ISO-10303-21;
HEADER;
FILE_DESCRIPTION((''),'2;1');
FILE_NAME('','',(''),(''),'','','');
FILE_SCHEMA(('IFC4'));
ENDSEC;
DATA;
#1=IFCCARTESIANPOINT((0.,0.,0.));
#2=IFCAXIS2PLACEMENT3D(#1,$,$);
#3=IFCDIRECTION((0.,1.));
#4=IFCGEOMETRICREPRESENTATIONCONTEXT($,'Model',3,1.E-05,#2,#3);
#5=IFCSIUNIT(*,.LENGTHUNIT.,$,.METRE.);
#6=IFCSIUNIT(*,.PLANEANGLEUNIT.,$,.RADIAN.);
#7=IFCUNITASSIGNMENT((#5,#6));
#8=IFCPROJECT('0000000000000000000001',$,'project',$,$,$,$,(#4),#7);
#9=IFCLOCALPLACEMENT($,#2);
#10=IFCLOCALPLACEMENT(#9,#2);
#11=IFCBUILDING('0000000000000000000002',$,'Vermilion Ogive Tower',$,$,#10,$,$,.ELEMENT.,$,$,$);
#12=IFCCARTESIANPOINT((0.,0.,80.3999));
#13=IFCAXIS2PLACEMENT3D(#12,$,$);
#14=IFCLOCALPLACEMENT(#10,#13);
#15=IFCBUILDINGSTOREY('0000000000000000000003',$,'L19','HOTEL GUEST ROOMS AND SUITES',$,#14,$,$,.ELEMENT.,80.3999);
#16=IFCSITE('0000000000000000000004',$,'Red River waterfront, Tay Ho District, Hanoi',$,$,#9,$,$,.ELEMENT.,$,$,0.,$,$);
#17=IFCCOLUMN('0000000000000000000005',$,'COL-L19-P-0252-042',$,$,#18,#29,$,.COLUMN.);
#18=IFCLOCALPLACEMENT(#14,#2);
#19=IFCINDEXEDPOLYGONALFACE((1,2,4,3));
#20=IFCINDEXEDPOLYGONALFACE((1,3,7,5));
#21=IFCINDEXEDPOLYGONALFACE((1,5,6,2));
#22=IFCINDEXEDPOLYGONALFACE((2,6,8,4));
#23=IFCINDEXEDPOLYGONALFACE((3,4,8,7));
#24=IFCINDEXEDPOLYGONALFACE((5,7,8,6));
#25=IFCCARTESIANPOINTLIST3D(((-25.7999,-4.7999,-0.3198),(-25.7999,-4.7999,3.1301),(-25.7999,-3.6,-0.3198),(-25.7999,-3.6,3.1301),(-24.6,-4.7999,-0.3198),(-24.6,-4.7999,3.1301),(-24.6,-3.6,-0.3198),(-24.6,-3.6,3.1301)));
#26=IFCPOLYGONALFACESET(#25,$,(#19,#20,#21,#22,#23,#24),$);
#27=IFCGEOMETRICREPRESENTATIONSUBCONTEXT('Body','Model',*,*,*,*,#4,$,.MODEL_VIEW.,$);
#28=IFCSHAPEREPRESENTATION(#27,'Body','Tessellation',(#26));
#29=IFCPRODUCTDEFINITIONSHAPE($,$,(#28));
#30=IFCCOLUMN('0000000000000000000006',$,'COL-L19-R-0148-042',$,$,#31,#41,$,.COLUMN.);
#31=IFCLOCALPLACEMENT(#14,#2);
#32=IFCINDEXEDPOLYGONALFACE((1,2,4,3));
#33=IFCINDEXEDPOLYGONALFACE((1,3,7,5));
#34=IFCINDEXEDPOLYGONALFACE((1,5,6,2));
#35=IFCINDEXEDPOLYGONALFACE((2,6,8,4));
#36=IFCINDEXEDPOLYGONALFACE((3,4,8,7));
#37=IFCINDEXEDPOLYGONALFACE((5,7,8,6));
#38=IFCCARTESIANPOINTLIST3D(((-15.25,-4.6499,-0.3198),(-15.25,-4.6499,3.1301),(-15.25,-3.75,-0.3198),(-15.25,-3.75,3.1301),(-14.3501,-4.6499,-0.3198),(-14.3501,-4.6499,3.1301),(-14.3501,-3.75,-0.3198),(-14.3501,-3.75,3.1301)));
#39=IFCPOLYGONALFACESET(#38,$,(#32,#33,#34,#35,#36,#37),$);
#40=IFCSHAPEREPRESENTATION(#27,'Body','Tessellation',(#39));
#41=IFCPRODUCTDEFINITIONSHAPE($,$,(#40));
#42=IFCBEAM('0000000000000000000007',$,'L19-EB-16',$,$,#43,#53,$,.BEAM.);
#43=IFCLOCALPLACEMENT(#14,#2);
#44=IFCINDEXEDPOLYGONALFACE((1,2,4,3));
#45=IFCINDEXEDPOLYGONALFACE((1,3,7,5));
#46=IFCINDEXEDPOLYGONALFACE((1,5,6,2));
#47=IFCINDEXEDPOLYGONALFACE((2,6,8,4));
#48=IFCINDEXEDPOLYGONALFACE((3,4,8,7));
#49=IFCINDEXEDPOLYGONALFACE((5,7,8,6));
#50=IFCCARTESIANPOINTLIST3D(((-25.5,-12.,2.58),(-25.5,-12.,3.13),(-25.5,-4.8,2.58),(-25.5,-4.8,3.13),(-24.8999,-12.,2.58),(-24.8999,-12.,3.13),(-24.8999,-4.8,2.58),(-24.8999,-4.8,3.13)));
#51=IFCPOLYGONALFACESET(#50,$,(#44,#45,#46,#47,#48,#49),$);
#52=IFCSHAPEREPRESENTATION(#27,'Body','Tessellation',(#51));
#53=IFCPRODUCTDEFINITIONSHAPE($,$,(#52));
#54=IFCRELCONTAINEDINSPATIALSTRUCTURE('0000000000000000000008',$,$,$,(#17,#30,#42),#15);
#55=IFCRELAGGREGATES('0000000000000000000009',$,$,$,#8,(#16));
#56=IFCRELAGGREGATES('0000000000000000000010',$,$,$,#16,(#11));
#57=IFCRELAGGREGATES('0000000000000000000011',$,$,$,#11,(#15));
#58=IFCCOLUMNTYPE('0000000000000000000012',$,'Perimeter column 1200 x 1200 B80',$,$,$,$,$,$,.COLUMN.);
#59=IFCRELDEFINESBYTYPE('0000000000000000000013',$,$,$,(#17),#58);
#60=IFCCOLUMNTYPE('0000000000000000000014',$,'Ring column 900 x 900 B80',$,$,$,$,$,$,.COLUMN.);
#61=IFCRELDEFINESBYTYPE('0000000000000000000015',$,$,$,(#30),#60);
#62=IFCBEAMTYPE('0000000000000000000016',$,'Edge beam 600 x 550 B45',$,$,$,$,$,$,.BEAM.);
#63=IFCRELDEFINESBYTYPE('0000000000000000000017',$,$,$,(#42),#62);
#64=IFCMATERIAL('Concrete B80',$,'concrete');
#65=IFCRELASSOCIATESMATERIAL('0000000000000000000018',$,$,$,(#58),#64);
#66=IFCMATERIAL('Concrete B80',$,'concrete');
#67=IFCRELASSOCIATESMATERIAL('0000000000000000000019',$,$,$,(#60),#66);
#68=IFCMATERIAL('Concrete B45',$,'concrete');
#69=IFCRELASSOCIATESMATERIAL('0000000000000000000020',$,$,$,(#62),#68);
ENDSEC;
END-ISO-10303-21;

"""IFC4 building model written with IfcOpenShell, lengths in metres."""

from ifc_helpers import new_model, si_unit, direction, frame, origin, origin_2d, place, context, subcontext, project, spatial, rectangle, extrude, material, material_profile, profile_set, type_object, element, save


model = new_model("IFC4")

# Units and contexts
model_context = context("Model", 3, precision=1e-05, world=origin(), true_north=direction((0.0, 1.0)))
body_context = subcontext(model_context, "Body", "Model", "MODEL_VIEW")
ifc_project = project(units=[si_unit("LENGTHUNIT", "METRE"), si_unit("PLANEANGLEUNIT", "RADIAN")], contexts=[model_context])

# Site, building, storey
site_placement = place(None, origin())
site = spatial("IfcSite", under=ifc_project, at=site_placement, Name="Red River waterfront, Tay Ho District, Hanoi", CompositionType="ELEMENT", RefElevation=0.0)
building_placement = place(site_placement, origin())
building = spatial("IfcBuilding", under=site, at=building_placement, Name="Vermilion Ogive Tower", CompositionType="ELEMENT")
storey_placement = place(building_placement, frame((0.0, 0.0, 80.3999)))
storey = spatial("IfcBuildingStorey", under=building, at=storey_placement, Name="L19", Description="HOTEL GUEST ROOMS AND SUITES", CompositionType="ELEMENT", Elevation=80.3999)

# Columns
ifc_material_1 = material(Name="Concrete B80", Category="concrete")
ifc_material_profile_1 = material_profile(ifc_material_1, rectangle(XDim=1.2, YDim=1.2, at=origin_2d()), Name="1200 x 1200")
ifc_profile_set_1 = profile_set([ifc_material_profile_1], Name="Concrete B80")
column_type_1 = type_object("IfcColumnType", Name="Perimeter column 1200 x 1200 B80", PredefinedType="COLUMN", material=ifc_profile_set_1)
column_1_placement = place(storey_placement, frame((-25.2, -4.2, -0.3198), z_axis=(0.0, 0.0, 1.0), x_axis=(1.0, 0.0, 0.0)))
element("IfcColumn", 1, at=column_1_placement, inside=storey, type_object=column_type_1, Name="COL-L19-P-0252-042", PredefinedType="COLUMN", context=body_context, shape_type="SweptSolid", body=[
    extrude(rectangle(XDim=1.2, YDim=1.2, at=origin_2d()), origin(), (0.0, 0.0, 1.0), 3.45),
])
ifc_material_2 = material(Name="Concrete B80", Category="concrete")
ifc_material_profile_2 = material_profile(ifc_material_2, rectangle(XDim=0.8999, YDim=0.8999, at=origin_2d()), Name="900 x 900")
ifc_profile_set_2 = profile_set([ifc_material_profile_2], Name="Concrete B80")
column_type_2 = type_object("IfcColumnType", Name="Ring column 900 x 900 B80", PredefinedType="COLUMN", material=ifc_profile_set_2)
column_2_placement = place(storey_placement, frame((-14.8, -4.2, -0.3198), z_axis=(0.0, 0.0, 1.0), x_axis=(1.0, 0.0, 0.0)))
element("IfcColumn", 2, at=column_2_placement, inside=storey, type_object=column_type_2, Name="COL-L19-R-0148-042", PredefinedType="COLUMN", context=body_context, shape_type="SweptSolid", body=[
    extrude(rectangle(XDim=0.8999, YDim=0.8999, at=origin_2d()), origin(), (0.0, 0.0, 1.0), 3.45),
])

# Beam
ifc_material_3 = material(Name="Concrete B45", Category="concrete")
ifc_material_profile_3 = material_profile(ifc_material_3, rectangle(XDim=0.6001, YDim=0.55, at=origin_2d()), Name="600 x 550")
ifc_profile_set_3 = profile_set([ifc_material_profile_3], Name="Concrete B45")
beam_type = type_object("IfcBeamType", Name="Edge beam 600 x 550 B45", PredefinedType="BEAM", material=ifc_profile_set_3)
beam_placement = place(storey_placement, frame((-25.2, -4.8, 2.855), z_axis=(0.0, -1.0, 0.0), x_axis=(1.0, 0.0, 0.0)))
element("IfcBeam", 3, at=beam_placement, inside=storey, type_object=beam_type, Name="L19-EB-16", PredefinedType="BEAM", context=body_context, shape_type="SweptSolid", body=[
    extrude(rectangle(XDim=0.6001, YDim=0.55, at=origin_2d()), origin(), (0.0, 0.0, 1.0), 7.2),
])

save(model, "model.ifc")
